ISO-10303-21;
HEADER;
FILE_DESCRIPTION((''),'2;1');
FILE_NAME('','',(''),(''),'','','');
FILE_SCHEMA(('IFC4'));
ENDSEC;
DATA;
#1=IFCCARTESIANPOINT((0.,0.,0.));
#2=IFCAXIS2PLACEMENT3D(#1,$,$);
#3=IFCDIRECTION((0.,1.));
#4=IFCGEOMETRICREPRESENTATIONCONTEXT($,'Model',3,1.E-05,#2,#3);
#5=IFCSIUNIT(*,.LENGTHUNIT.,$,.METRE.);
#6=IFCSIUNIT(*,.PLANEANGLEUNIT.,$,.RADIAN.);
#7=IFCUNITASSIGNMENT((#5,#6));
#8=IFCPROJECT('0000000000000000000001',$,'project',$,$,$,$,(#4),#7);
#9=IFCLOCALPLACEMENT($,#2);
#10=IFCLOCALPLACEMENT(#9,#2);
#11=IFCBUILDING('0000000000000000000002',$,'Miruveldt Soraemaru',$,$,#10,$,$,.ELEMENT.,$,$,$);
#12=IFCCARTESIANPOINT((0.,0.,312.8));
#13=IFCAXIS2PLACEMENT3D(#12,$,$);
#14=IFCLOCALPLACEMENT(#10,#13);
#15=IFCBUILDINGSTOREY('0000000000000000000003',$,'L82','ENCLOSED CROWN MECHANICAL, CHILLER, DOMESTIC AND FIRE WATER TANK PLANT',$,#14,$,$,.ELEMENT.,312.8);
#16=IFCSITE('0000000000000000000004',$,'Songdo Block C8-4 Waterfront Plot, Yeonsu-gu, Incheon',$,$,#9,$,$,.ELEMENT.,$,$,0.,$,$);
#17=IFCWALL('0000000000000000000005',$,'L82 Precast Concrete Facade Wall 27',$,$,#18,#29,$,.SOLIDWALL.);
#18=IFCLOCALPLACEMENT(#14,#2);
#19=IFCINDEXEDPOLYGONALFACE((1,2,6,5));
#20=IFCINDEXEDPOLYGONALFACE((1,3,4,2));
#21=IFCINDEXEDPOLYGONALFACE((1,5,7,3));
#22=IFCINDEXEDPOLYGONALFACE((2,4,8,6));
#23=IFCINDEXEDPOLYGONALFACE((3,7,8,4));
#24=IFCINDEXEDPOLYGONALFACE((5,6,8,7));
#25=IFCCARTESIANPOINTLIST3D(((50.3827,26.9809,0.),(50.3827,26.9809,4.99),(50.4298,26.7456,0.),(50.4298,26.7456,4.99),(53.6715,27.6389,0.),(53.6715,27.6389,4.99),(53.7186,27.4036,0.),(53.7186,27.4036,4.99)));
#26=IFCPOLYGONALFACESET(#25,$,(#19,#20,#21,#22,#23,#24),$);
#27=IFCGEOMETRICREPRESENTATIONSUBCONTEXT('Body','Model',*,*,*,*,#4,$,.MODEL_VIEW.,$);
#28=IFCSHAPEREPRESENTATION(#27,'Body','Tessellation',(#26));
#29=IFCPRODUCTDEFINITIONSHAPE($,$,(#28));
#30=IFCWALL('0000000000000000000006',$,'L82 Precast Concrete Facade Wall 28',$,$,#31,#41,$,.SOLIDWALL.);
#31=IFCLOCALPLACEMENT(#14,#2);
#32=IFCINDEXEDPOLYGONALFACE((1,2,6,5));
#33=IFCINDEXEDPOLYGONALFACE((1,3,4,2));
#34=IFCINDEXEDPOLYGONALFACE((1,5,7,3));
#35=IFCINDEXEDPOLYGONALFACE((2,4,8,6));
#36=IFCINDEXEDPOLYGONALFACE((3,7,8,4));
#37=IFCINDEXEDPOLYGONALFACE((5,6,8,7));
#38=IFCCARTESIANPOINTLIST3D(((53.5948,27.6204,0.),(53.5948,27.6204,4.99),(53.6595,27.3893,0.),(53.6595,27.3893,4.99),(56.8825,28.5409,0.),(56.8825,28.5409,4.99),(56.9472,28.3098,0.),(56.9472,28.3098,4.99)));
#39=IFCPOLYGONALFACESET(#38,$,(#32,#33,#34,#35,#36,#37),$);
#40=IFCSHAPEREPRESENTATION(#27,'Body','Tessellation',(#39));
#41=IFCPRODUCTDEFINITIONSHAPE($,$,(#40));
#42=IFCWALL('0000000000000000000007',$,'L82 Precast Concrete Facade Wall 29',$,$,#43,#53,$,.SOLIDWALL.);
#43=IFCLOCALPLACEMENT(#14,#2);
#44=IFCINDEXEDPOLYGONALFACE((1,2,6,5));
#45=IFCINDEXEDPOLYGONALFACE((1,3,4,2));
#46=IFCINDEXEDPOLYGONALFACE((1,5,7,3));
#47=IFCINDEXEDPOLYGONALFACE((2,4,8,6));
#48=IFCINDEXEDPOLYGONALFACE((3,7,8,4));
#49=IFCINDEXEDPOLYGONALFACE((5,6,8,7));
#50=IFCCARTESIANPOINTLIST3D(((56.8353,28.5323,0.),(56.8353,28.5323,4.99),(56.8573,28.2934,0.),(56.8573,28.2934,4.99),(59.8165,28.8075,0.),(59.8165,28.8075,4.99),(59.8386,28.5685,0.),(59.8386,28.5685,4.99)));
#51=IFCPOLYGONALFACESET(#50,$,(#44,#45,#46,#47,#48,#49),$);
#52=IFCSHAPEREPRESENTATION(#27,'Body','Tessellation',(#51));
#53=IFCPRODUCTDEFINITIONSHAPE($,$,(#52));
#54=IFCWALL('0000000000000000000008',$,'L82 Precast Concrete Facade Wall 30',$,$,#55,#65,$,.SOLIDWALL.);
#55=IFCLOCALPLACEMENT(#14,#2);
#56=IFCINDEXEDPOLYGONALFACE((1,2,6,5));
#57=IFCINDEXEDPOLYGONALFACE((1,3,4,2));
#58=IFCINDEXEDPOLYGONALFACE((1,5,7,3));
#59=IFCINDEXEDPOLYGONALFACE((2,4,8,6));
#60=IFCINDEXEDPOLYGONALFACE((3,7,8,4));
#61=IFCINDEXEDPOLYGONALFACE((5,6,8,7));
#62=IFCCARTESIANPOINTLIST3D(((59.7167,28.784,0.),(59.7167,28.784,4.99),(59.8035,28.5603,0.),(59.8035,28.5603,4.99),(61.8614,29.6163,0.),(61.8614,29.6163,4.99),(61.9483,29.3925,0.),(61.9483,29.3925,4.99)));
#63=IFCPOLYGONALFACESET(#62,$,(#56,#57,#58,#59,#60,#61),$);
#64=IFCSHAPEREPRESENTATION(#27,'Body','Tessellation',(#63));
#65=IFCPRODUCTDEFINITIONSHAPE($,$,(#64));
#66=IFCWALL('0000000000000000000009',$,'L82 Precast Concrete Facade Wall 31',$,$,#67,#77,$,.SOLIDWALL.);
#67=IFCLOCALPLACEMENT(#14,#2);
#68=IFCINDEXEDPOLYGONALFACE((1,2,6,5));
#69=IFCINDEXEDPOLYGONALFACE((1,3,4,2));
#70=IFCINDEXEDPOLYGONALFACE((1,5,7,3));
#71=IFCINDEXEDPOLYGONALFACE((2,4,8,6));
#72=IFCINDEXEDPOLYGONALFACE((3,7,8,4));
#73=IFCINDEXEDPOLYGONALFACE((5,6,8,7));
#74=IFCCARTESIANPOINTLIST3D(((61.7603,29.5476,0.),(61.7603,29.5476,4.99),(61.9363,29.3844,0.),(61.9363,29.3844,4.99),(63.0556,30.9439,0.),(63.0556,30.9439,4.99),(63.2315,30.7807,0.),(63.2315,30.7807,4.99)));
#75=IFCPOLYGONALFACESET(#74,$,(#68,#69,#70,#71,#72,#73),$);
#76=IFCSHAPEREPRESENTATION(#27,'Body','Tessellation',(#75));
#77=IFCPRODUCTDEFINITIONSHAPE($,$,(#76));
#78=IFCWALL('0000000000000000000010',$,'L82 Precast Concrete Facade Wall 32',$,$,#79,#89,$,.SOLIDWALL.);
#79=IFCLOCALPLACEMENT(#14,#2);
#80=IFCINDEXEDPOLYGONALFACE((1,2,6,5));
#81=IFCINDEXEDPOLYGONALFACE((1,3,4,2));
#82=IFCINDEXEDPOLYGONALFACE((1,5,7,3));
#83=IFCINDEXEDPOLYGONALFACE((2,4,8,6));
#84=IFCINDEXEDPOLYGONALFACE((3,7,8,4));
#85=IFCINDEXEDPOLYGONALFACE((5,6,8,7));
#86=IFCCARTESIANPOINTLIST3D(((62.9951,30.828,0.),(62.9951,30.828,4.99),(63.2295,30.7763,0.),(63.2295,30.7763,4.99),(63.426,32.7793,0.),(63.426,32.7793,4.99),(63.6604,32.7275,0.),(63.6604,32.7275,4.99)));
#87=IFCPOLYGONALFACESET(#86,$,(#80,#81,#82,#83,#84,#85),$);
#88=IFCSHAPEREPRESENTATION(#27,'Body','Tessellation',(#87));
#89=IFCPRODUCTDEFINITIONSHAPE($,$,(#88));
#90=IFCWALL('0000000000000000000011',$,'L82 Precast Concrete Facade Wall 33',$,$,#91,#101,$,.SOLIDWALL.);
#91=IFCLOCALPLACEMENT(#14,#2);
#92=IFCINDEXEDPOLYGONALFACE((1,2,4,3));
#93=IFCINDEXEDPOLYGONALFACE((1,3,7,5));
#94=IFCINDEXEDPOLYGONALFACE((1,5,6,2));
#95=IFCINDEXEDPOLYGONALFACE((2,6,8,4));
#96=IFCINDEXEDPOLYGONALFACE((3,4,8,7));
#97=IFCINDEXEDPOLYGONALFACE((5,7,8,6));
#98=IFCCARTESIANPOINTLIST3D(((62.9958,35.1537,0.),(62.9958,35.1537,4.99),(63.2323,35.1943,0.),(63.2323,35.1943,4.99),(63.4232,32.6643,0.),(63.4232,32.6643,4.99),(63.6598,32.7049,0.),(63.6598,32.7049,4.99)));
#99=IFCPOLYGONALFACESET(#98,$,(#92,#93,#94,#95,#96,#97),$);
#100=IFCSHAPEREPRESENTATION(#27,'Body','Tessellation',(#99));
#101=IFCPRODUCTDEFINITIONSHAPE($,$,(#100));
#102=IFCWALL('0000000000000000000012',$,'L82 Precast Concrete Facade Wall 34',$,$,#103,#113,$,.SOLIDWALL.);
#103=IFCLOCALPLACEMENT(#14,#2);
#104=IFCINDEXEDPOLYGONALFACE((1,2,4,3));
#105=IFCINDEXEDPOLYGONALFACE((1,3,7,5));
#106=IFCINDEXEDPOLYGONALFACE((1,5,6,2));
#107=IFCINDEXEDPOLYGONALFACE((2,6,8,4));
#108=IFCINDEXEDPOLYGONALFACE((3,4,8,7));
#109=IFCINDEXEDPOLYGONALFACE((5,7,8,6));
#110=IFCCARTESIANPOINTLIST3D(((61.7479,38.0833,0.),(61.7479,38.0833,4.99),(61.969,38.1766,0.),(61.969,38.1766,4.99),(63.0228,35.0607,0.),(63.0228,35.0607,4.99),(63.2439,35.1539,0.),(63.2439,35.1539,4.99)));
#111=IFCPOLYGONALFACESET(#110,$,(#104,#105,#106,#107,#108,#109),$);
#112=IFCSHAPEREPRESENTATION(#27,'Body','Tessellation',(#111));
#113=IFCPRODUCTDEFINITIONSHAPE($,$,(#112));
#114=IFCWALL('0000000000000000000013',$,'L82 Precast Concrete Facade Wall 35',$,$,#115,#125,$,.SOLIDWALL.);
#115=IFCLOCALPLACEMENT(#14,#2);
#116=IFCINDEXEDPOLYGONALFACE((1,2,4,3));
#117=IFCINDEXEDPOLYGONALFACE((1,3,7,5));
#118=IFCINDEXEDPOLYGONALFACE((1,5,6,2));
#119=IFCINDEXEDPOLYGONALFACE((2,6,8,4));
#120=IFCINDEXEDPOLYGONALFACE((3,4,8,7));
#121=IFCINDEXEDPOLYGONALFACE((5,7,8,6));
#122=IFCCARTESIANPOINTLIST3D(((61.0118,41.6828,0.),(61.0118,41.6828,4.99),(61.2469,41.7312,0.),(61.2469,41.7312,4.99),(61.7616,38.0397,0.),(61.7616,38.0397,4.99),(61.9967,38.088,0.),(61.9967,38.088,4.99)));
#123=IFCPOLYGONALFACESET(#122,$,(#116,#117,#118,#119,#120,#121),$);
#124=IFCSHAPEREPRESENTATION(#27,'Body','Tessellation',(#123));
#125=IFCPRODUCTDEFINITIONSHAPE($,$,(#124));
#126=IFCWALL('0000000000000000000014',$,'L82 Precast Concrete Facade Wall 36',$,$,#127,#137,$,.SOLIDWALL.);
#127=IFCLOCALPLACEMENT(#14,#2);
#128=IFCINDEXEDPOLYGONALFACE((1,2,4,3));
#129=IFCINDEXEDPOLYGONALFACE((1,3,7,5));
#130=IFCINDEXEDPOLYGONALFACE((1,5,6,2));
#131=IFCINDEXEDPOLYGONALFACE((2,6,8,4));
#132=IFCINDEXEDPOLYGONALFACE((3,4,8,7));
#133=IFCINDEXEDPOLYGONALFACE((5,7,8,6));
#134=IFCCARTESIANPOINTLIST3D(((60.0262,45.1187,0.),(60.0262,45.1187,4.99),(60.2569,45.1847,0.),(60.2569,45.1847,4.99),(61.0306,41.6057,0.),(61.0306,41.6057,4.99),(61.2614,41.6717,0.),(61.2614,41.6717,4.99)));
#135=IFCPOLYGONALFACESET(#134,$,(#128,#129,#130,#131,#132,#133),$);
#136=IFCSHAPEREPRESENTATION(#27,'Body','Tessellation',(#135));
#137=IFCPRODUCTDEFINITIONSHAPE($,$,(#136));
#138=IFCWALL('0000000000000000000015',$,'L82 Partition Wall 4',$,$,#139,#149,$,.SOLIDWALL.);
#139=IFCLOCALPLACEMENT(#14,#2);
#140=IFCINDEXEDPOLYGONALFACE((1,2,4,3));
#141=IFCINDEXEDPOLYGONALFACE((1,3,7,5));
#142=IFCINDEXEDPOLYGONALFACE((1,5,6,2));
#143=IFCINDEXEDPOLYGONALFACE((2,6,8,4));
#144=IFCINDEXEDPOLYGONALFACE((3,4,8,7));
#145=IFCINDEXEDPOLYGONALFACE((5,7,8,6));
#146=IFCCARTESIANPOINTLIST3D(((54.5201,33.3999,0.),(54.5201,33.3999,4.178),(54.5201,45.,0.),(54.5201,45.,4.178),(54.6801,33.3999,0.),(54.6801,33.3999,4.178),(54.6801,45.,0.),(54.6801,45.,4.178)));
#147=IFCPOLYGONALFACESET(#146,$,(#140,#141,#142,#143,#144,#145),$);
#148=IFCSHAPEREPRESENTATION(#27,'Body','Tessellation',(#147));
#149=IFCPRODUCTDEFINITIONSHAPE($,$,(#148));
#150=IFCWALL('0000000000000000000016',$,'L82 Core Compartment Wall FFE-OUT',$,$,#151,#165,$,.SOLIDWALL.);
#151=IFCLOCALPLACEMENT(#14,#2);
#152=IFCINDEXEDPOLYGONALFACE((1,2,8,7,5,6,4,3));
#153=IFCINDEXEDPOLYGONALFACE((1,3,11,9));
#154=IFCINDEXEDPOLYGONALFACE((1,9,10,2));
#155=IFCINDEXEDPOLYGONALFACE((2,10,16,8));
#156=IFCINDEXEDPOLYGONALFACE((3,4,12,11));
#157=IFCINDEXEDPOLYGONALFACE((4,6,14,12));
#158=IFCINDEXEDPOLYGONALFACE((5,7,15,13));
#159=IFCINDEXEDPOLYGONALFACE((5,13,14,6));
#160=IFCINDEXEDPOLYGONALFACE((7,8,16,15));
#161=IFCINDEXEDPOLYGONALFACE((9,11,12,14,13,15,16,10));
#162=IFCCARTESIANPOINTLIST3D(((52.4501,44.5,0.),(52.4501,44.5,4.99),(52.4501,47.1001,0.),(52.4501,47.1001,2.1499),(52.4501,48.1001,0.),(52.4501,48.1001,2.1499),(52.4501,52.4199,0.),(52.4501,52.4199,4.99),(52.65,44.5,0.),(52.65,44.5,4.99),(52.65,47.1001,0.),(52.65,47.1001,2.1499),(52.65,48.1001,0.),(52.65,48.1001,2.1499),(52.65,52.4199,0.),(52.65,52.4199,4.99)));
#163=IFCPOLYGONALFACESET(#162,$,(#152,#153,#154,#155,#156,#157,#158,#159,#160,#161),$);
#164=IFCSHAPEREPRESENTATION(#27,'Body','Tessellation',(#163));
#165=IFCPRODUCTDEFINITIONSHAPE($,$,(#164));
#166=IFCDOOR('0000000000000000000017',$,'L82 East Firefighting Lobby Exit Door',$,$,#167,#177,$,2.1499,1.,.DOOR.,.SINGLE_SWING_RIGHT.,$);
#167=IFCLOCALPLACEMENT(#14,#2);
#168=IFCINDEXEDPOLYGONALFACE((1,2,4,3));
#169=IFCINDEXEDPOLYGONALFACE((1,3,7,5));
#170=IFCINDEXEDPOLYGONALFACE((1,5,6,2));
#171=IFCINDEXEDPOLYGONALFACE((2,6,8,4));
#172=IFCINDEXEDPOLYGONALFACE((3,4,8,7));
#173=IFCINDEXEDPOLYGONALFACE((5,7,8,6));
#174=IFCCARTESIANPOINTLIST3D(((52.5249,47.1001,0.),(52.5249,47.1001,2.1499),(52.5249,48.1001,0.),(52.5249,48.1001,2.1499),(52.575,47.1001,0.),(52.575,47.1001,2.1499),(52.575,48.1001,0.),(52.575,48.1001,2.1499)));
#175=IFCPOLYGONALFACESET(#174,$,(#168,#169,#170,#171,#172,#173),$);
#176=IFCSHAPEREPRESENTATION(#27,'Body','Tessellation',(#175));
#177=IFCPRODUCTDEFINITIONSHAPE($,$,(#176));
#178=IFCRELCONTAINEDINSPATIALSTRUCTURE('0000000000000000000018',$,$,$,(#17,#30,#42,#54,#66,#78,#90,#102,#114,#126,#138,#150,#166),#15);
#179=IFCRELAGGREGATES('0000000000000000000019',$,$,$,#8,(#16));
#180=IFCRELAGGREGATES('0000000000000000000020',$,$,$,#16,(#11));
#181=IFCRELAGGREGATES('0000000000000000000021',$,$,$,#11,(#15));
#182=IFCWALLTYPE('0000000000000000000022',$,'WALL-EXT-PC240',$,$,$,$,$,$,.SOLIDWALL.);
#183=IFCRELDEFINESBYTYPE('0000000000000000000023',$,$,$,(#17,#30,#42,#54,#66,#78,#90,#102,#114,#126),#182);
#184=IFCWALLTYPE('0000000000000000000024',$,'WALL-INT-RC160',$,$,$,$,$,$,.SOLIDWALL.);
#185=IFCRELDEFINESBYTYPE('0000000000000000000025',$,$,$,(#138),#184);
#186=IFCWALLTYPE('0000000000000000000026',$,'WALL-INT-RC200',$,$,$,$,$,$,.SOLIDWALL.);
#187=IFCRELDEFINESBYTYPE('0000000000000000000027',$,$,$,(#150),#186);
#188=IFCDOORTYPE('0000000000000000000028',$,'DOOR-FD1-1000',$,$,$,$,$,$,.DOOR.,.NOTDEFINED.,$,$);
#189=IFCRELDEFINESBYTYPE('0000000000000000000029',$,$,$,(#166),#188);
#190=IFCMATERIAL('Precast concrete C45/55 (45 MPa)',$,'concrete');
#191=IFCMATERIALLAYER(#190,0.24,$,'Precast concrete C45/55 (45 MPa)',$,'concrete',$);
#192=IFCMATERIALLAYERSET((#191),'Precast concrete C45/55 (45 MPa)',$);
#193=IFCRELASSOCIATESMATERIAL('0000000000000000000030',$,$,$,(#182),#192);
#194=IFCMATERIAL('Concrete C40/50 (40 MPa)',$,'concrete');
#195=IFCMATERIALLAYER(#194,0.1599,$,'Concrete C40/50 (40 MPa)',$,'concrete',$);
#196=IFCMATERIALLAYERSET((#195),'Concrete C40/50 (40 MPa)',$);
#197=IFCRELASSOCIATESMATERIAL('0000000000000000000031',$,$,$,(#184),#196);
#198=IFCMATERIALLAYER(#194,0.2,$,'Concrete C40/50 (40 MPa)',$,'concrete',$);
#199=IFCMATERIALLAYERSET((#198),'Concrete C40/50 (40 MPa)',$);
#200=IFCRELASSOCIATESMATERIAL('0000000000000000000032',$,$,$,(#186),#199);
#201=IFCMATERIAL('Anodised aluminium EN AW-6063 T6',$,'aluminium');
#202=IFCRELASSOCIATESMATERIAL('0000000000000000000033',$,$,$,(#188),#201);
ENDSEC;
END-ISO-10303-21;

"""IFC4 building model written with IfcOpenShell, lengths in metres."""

from ifc_helpers import new_model, si_unit, direction, frame, frame_2d, origin, place, context, subcontext, project, spatial, rectangle, extrude, material, layer, layer_set, type_object, element, fill, save


model = new_model("IFC4")

# Units and contexts
model_context = context("Model", 3, precision=1e-05, world=origin(), true_north=direction((0.0, 1.0)))
body_context = subcontext(model_context, "Body", "Model", "MODEL_VIEW")
ifc_project = project(units=[si_unit("LENGTHUNIT", "METRE"), si_unit("PLANEANGLEUNIT", "RADIAN")], contexts=[model_context])

# Site, building, storey
site_placement = place(None, origin())
site = spatial("IfcSite", under=ifc_project, at=site_placement, Name="Songdo Block C8-4 Waterfront Plot, Yeonsu-gu, Incheon", CompositionType="ELEMENT", RefElevation=0.0)
building_placement = place(site_placement, origin())
building = spatial("IfcBuilding", under=site, at=building_placement, Name="Miruveldt Soraemaru", CompositionType="ELEMENT")
storey_placement = place(building_placement, frame((0.0, 0.0, 312.8)))
storey = spatial("IfcBuildingStorey", under=building, at=storey_placement, Name="L82", Description="ENCLOSED CROWN MECHANICAL, CHILLER, DOMESTIC AND FIRE WATER TANK PLANT", CompositionType="ELEMENT", Elevation=312.8)

# Shared definitions
ifc_material_1 = material(Name="Anodised aluminium EN AW-6063 T6", Category="aluminium")

# Walls
ifc_material_2 = material(Name="Precast concrete C45/55 (45 MPa)", Category="concrete")
ifc_layer_1 = layer(ifc_material_2, 0.24, Name="Precast concrete C45/55 (45 MPa)", Category="concrete")
ifc_layer_set_1 = layer_set([ifc_layer_1], Name="Precast concrete C45/55 (45 MPa)")
wall_type_1 = type_object("IfcWallType", Name="WALL-EXT-PC240", PredefinedType="SOLIDWALL", material=ifc_layer_set_1)
wall_1_placement = place(storey_placement, frame((50.4062, 26.8633, 0.0), z_axis=(0.0, 0.0, 1.0), x_axis=(0.980569, 0.196172, 0.0)))
element("IfcWall", 1, at=wall_1_placement, inside=storey, type_object=wall_type_1, Name="L82 Precast Concrete Facade Wall 27", PredefinedType="SOLIDWALL", context=body_context, shape_type="SweptSolid", body=[
    extrude(rectangle(XDim=3.354, YDim=0.24, at=frame_2d((1.677, 0.0))), origin(), (0.0, 0.0, 1.0), 4.99),
])
wall_2_placement = place(storey_placement, frame((53.6272, 27.5049, 0.0), z_axis=(0.0, 0.0, 1.0), x_axis=(0.962973, 0.269598, 0.0)))
element("IfcWall", 2, at=wall_2_placement, inside=storey, type_object=wall_type_1, Name="L82 Precast Concrete Facade Wall 28", PredefinedType="SOLIDWALL", context=body_context, shape_type="SweptSolid", body=[
    extrude(rectangle(XDim=3.4141, YDim=0.24, at=frame_2d((1.707, 0.0))), origin(), (0.0, 0.0, 1.0), 4.99),
])
wall_3_placement = place(storey_placement, frame((56.8462, 28.4128, 0.0), z_axis=(0.0, 0.0, 1.0), x_axis=(0.995768, 0.091903, 0.0)))
element("IfcWall", 3, at=wall_3_placement, inside=storey, type_object=wall_type_1, Name="L82 Precast Concrete Facade Wall 29", PredefinedType="SOLIDWALL", context=body_context, shape_type="SweptSolid", body=[
    extrude(rectangle(XDim=2.9939, YDim=0.24, at=frame_2d((1.4971, 0.0))), origin(), (0.0, 0.0, 1.0), 4.99),
])
wall_4_placement = place(storey_placement, frame((59.76, 28.6721, 0.0), z_axis=(0.0, 0.0, 1.0), x_axis=(0.932269, 0.361765, 0.0)))
element("IfcWall", 4, at=wall_4_placement, inside=storey, type_object=wall_type_1, Name="L82 Precast Concrete Facade Wall 30", PredefinedType="SOLIDWALL", context=body_context, shape_type="SweptSolid", body=[
    extrude(rectangle(XDim=2.3005, YDim=0.24, at=frame_2d((1.1504, 0.0))), origin(), (0.0, 0.0, 1.0), 4.99),
])
wall_5_placement = place(storey_placement, frame((61.8484, 29.4661, 0.0), z_axis=(0.0, 0.0, 1.0), x_axis=(0.680072, 0.733145, 0.0)))
element("IfcWall", 5, at=wall_5_placement, inside=storey, type_object=wall_type_1, Name="L82 Precast Concrete Facade Wall 31", PredefinedType="SOLIDWALL", context=body_context, shape_type="SweptSolid", body=[
    extrude(rectangle(XDim=1.9045, YDim=0.24, at=frame_2d((0.9521, 0.0))), origin(), (0.0, 0.0, 1.0), 4.99),
])
wall_6_placement = place(storey_placement, frame((63.1123, 30.8022, 0.0), z_axis=(0.0, 0.0, 1.0), x_axis=(0.21565, 0.976471, 0.0)))
element("IfcWall", 6, at=wall_6_placement, inside=storey, type_object=wall_type_1, Name="L82 Precast Concrete Facade Wall 32", PredefinedType="SOLIDWALL", context=body_context, shape_type="SweptSolid", body=[
    extrude(rectangle(XDim=1.9983, YDim=0.24, at=frame_2d((0.999, 0.0))), origin(), (0.0, 0.0, 1.0), 4.99),
])
wall_7_placement = place(storey_placement, frame((63.5415, 32.6846, 0.0), z_axis=(0.0, 0.0, 1.0), x_axis=(-0.16924, 0.985575, 0.0)))
element("IfcWall", 7, at=wall_7_placement, inside=storey, type_object=wall_type_1, Name="L82 Precast Concrete Facade Wall 33", PredefinedType="SOLIDWALL", context=body_context, shape_type="SweptSolid", body=[
    extrude(rectangle(XDim=2.5259, YDim=0.24, at=frame_2d((1.2629, 0.0))), origin(), (0.0, 0.0, 1.0), 4.99),
])
wall_8_placement = place(storey_placement, frame((63.1333, 35.1074, 0.0), z_axis=(0.0, 0.0, 1.0), x_axis=(-0.388623, 0.921397, 0.0)))
element("IfcWall", 8, at=wall_8_placement, inside=storey, type_object=wall_type_1, Name="L82 Precast Concrete Facade Wall 34", PredefinedType="SOLIDWALL", context=body_context, shape_type="SweptSolid", body=[
    extrude(rectangle(XDim=3.2805, YDim=0.24, at=frame_2d((1.6401, 0.0))), origin(), (0.0, 0.0, 1.0), 4.99),
])
wall_9_placement = place(storey_placement, frame((61.8792, 38.0637, 0.0), z_axis=(0.0, 0.0, 1.0), x_axis=(-0.201579, 0.979472, 0.0)))
element("IfcWall", 9, at=wall_9_placement, inside=storey, type_object=wall_type_1, Name="L82 Precast Concrete Facade Wall 35", PredefinedType="SOLIDWALL", context=body_context, shape_type="SweptSolid", body=[
    extrude(rectangle(XDim=3.7195, YDim=0.24, at=frame_2d((1.8599, 0.0))), origin(), (0.0, 0.0, 1.0), 4.99),
])
wall_10_placement = place(storey_placement, frame((61.146, 41.6387, 0.0), z_axis=(0.0, 0.0, 1.0), x_axis=(-0.274898, 0.961474, 0.0)))
element("IfcWall", 10, at=wall_10_placement, inside=storey, type_object=wall_type_1, Name="L82 Precast Concrete Facade Wall 36", PredefinedType="SOLIDWALL", context=body_context, shape_type="SweptSolid", body=[
    extrude(rectangle(XDim=3.6538, YDim=0.24, at=frame_2d((1.8269, 0.0))), origin(), (0.0, 0.0, 1.0), 4.99),
])
ifc_material_3 = material(Name="Concrete C40/50 (40 MPa)", Category="concrete")
ifc_layer_2 = layer(ifc_material_3, 0.1599, Name="Concrete C40/50 (40 MPa)", Category="concrete")
ifc_layer_set_2 = layer_set([ifc_layer_2], Name="Concrete C40/50 (40 MPa)")
wall_type_2 = type_object("IfcWallType", Name="WALL-INT-RC160", PredefinedType="SOLIDWALL", material=ifc_layer_set_2)
wall_11_placement = place(storey_placement, frame((54.6001, 33.3999, 0.0), z_axis=(0.0, 0.0, 1.0), x_axis=(0.0, 1.0, 0.0)))
element("IfcWall", 11, at=wall_11_placement, inside=storey, type_object=wall_type_2, Name="L82 Partition Wall 4", PredefinedType="SOLIDWALL", context=body_context, shape_type="SweptSolid", body=[
    extrude(rectangle(XDim=11.6001, YDim=0.1599, at=frame_2d((5.8, 0.0))), origin(), (0.0, 0.0, 1.0), 4.178),
])

# Wall, opening, door
ifc_layer_3 = layer(ifc_material_3, 0.2, Name="Concrete C40/50 (40 MPa)", Category="concrete")
ifc_layer_set_3 = layer_set([ifc_layer_3], Name="Concrete C40/50 (40 MPa)")
wall_type_3 = type_object("IfcWallType", Name="WALL-INT-RC200", PredefinedType="SOLIDWALL", material=ifc_layer_set_3)
wall_12_placement = place(storey_placement, frame((52.55, 44.5, 0.0), z_axis=(0.0, 0.0, 1.0), x_axis=(0.0, 1.0, 0.0)))
wall_12 = element("IfcWall", 12, at=wall_12_placement, inside=storey, type_object=wall_type_3, Name="L82 Core Compartment Wall FFE-OUT", PredefinedType="SOLIDWALL", context=body_context, shape_type="SweptSolid", body=[
    extrude(rectangle(XDim=7.9199, YDim=0.2, at=frame_2d((3.96, 0.0))), origin(), (0.0, 0.0, 1.0), 4.99),
])
opening_placement = place(wall_12_placement, frame((2.6001, 0.0, 0.0)))
opening = element("IfcOpeningElement", 13, at=opening_placement, cuts=wall_12, PredefinedType="OPENING", context=body_context, shape_type="SweptSolid", body=[
    extrude(rectangle(XDim=1.0, YDim=2.1499, at=frame_2d((0.5, 1.075))), frame((0.0, 0.1099, 0.0), z_axis=(0.0, -1.0, 0.0), x_axis=(1.0, 0.0, 0.0)), (0.0, 0.0, 1.0), 0.22),
])
door_type = type_object("IfcDoorType", Name="DOOR-FD1-1000", OperationType="NOTDEFINED", PredefinedType="DOOR", material=ifc_material_1)
door_placement = place(opening_placement, frame((1.0, 0.0, 0.0), z_axis=(0.0, 0.0, 1.0), x_axis=(-1.0, 0.0, 0.0)))
door = element("IfcDoor", 14, at=door_placement, inside=storey, type_object=door_type, Name="L82 East Firefighting Lobby Exit Door", OperationType="SINGLE_SWING_RIGHT", OverallHeight=2.1499, OverallWidth=1.0, PredefinedType="DOOR", context=body_context, shape_type="SweptSolid", body=[
    extrude(rectangle(XDim=1.0, YDim=2.1499, at=frame_2d((0.5, 1.075))), frame((0.0, 0.0249, 0.0), z_axis=(0.0, -1.0, 0.0), x_axis=(1.0, 0.0, 0.0)), (0.0, 0.0, 1.0), 0.05),
])
fill(opening, door)

save(model, "model.ifc")
